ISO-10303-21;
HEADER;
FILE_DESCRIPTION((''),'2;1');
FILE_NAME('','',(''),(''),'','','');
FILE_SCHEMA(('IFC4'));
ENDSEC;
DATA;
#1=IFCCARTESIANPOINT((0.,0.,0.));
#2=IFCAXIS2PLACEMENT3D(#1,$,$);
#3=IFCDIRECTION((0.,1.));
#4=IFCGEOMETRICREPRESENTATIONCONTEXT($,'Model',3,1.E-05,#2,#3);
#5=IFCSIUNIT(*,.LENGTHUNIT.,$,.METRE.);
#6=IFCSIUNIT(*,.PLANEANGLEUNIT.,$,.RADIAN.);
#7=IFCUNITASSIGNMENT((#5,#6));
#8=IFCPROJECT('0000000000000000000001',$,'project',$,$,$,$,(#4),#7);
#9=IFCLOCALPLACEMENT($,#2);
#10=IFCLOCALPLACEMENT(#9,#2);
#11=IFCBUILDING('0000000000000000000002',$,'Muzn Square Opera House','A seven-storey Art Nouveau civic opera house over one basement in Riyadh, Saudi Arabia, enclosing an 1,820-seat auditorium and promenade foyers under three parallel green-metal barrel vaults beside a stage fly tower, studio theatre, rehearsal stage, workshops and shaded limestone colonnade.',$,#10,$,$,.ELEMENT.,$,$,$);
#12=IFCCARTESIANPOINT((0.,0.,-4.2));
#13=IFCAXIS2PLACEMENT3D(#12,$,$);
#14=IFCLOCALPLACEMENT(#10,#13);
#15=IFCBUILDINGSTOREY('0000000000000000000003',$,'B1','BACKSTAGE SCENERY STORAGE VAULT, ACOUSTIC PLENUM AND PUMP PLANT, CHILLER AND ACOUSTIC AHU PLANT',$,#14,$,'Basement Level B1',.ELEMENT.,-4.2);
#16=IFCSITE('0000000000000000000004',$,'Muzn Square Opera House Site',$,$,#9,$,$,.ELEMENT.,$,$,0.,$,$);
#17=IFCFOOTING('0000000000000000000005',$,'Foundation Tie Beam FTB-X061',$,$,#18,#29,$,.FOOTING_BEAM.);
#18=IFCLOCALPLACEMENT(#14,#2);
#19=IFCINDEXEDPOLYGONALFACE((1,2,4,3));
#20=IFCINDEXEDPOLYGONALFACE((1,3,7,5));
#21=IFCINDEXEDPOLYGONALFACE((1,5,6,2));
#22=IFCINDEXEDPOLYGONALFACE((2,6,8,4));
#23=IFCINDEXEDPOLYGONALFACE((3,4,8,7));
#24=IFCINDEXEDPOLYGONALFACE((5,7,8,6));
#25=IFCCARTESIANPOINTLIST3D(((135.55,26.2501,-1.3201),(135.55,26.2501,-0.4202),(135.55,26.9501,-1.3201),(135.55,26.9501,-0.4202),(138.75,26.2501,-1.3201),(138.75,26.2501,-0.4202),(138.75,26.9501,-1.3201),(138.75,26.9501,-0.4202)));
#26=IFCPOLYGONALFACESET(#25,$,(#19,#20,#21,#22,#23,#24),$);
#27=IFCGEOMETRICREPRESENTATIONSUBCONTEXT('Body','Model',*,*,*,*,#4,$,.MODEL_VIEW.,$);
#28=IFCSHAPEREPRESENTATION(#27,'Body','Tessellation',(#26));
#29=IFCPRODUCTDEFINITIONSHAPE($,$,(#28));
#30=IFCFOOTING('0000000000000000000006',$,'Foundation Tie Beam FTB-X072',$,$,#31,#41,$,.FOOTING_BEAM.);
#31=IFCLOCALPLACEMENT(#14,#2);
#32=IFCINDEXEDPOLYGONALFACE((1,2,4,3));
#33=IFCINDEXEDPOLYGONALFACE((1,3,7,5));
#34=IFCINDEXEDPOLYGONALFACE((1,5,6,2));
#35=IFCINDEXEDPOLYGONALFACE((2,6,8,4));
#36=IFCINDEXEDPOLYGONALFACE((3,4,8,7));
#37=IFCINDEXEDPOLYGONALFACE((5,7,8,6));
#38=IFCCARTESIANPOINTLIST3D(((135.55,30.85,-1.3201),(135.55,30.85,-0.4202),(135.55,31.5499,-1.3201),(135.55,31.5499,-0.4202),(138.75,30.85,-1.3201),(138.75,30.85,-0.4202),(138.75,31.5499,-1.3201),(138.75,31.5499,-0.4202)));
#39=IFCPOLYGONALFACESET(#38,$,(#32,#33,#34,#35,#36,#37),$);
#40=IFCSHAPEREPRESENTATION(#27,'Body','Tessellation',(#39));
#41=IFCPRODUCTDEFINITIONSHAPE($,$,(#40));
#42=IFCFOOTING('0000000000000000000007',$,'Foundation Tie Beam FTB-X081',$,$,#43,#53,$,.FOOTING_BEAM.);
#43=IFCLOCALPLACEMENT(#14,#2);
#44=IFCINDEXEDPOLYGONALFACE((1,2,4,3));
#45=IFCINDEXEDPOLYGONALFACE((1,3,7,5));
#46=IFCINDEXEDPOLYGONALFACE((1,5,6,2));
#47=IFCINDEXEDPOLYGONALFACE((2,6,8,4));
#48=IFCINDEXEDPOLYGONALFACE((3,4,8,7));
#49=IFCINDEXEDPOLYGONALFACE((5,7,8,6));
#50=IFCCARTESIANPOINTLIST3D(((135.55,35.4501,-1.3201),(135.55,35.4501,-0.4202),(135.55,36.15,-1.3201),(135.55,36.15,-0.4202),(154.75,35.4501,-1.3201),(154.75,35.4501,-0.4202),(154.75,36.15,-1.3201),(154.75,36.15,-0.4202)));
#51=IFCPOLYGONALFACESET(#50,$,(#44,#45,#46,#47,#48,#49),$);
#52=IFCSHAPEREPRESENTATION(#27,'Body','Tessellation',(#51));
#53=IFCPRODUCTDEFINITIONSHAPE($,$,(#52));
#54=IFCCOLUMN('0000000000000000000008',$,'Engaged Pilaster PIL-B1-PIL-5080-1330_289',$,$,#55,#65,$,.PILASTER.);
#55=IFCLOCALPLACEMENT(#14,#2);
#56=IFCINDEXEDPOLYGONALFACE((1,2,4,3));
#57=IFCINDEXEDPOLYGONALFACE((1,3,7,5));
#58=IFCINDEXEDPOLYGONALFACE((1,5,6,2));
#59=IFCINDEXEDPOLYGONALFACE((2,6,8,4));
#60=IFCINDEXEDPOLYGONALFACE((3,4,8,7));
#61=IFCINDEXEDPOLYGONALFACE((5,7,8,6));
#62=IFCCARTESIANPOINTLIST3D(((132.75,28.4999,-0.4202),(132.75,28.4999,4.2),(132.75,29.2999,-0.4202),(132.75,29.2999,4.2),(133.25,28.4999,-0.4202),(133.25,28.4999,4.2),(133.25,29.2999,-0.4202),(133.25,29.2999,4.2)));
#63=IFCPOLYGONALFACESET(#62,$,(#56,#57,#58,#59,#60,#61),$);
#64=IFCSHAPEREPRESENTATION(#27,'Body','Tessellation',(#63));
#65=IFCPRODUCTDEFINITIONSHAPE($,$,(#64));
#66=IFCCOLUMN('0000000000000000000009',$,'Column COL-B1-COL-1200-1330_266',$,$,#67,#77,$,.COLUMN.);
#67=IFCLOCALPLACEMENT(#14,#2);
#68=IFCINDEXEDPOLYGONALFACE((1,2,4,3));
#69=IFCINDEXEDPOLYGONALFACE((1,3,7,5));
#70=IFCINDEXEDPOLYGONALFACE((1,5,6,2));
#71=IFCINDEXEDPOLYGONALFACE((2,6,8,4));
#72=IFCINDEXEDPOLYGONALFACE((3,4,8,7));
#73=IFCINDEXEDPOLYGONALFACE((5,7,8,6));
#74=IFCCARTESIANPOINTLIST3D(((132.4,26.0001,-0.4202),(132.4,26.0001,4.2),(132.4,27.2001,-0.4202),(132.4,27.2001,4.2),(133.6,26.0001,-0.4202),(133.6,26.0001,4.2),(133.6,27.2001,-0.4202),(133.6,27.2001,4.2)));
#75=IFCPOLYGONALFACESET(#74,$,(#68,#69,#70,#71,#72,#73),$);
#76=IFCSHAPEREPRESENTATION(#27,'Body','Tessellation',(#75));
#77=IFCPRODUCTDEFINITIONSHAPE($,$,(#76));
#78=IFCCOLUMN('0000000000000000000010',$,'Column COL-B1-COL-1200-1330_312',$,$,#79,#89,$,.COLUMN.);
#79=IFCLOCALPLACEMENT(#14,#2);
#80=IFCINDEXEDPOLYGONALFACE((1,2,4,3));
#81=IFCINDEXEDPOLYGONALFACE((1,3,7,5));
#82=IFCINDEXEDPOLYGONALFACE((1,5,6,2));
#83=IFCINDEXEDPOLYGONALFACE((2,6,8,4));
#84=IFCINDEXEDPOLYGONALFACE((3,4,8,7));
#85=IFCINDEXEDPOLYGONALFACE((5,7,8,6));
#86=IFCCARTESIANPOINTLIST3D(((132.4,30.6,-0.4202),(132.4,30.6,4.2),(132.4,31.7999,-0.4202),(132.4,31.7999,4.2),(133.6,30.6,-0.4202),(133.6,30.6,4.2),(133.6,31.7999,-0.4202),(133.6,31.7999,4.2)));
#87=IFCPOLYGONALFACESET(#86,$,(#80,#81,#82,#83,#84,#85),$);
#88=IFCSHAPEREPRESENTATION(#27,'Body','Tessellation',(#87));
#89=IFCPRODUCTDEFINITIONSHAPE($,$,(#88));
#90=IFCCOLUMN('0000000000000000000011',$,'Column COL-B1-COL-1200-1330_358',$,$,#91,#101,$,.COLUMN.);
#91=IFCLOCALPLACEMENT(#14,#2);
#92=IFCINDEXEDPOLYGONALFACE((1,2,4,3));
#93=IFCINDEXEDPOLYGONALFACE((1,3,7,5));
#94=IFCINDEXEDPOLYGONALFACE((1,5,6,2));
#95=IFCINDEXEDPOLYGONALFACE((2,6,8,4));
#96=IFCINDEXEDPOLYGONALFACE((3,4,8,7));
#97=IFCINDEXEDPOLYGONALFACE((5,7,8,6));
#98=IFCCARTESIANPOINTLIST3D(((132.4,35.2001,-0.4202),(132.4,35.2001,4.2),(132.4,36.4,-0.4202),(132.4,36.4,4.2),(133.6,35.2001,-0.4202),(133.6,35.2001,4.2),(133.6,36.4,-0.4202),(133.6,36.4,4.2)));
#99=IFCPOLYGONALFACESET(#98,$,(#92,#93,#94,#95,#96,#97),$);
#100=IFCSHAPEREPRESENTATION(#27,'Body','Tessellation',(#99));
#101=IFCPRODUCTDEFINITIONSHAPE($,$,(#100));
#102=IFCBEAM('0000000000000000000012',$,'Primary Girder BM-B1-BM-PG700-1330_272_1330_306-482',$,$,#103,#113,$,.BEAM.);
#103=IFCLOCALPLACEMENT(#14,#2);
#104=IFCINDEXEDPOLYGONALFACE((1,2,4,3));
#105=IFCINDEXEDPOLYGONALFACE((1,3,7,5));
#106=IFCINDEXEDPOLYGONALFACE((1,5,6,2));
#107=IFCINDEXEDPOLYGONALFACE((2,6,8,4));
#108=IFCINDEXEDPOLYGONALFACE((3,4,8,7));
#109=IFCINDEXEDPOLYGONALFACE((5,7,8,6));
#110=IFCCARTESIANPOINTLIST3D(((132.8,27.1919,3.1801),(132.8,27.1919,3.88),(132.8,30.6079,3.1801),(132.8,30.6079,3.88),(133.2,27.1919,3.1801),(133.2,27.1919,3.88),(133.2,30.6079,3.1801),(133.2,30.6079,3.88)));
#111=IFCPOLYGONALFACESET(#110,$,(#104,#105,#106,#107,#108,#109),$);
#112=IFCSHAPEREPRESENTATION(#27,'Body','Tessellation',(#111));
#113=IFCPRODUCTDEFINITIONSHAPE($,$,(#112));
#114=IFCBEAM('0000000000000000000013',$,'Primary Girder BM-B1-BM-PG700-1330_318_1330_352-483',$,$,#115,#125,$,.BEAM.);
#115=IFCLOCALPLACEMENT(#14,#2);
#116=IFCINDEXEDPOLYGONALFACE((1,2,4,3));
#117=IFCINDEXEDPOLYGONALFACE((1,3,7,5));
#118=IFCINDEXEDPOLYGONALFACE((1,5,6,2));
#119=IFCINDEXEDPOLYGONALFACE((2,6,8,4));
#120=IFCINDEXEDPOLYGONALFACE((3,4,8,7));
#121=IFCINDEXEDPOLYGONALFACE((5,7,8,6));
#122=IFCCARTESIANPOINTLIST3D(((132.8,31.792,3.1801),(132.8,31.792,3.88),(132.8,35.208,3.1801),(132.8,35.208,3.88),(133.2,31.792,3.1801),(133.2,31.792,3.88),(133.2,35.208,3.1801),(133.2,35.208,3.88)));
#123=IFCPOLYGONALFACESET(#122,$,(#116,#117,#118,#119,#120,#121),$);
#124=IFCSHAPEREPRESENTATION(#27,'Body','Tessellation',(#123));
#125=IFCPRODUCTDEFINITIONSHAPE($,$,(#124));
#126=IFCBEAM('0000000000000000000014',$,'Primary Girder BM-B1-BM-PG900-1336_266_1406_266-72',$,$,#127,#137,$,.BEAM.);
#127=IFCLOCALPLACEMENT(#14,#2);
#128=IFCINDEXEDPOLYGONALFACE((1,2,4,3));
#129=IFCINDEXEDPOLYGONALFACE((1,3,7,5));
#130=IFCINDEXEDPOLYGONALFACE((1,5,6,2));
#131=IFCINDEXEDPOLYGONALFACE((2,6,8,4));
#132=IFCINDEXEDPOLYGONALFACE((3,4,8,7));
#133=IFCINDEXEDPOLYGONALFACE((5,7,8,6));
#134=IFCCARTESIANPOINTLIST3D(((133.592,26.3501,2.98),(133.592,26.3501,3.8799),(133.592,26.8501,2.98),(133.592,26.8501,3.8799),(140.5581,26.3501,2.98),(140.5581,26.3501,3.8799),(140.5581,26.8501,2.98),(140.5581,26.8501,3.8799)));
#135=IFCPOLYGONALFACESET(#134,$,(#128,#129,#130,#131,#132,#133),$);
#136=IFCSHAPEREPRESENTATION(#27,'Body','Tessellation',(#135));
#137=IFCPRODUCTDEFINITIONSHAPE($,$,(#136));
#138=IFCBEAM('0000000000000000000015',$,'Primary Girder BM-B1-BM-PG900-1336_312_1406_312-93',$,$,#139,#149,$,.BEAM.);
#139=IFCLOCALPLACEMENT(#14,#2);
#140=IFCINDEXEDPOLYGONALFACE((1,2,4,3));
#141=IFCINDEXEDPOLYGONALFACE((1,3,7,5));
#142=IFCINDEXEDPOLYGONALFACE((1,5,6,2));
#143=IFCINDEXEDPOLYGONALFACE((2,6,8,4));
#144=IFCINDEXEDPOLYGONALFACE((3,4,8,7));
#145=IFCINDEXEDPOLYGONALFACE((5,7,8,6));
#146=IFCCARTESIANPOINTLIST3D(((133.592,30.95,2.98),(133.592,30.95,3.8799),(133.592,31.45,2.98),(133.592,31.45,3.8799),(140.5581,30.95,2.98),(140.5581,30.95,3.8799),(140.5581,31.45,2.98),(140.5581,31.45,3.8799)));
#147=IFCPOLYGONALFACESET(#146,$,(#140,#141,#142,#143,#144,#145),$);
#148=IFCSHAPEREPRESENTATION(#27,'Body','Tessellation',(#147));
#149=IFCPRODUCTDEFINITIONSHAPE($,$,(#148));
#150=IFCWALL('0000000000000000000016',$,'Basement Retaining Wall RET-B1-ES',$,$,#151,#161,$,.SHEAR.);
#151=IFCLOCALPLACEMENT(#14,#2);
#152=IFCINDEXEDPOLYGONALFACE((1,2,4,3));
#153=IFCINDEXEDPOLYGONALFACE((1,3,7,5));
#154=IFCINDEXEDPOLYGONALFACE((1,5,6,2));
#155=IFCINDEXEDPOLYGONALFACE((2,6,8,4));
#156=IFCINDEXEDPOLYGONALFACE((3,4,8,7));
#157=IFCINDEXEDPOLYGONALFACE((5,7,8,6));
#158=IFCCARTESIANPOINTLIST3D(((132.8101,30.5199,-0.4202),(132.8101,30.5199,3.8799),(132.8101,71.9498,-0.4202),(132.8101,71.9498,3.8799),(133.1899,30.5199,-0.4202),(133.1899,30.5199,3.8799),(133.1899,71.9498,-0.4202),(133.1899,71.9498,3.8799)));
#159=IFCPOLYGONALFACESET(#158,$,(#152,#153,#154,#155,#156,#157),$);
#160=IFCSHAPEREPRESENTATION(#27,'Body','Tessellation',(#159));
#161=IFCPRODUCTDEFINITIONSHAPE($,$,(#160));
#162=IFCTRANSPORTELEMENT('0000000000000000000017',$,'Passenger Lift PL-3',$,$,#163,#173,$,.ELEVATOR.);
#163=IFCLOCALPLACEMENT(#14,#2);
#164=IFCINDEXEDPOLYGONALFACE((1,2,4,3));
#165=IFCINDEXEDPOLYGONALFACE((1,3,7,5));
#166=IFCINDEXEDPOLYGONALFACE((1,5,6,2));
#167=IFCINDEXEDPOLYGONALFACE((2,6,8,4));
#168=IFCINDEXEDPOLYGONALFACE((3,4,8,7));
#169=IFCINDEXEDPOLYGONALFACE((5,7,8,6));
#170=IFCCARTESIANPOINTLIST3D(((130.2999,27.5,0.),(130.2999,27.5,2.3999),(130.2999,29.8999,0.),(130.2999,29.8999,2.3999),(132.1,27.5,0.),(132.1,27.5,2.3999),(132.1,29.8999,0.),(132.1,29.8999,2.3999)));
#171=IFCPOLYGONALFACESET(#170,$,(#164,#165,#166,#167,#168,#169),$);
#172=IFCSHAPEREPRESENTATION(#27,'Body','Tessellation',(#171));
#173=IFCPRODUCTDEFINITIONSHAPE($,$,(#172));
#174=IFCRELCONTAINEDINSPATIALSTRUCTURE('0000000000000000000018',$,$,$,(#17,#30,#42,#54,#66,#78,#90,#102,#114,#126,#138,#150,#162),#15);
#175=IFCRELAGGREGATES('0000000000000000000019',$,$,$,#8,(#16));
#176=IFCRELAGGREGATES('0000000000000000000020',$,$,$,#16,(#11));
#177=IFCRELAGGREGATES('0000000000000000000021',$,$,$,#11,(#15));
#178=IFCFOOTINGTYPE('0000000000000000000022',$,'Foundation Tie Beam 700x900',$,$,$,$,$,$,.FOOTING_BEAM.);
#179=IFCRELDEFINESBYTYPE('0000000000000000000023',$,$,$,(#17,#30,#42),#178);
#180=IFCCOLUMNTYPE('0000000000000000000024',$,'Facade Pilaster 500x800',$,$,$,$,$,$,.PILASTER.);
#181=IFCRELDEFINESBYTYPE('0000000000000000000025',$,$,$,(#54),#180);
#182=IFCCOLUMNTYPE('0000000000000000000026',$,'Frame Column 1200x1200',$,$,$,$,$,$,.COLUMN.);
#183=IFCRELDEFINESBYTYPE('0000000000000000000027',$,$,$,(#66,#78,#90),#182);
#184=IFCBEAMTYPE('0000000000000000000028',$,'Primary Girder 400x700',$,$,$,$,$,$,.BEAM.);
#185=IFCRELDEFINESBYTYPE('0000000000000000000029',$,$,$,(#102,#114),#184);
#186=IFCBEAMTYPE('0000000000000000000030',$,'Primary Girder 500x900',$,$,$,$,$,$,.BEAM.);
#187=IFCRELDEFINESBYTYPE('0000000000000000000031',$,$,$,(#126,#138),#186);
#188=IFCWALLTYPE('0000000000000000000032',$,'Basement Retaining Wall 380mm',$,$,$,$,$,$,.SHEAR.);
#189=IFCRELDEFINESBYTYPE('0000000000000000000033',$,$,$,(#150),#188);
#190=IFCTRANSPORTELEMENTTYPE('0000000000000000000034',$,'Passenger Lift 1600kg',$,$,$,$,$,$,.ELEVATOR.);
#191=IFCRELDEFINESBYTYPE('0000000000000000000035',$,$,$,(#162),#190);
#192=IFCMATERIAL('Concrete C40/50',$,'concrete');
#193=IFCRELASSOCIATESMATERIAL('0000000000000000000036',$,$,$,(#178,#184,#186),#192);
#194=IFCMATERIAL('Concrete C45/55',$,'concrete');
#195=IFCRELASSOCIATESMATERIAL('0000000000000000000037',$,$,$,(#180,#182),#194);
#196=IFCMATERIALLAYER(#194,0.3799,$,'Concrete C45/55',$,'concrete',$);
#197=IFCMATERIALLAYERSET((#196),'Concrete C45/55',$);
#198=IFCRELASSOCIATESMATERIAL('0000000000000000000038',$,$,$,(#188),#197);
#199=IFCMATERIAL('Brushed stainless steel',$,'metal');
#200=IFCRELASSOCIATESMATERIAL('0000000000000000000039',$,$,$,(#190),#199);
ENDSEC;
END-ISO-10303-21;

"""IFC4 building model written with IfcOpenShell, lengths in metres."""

from ifc_helpers import new_model, si_unit, direction, frame, frame_2d, origin, origin_2d, place, context, subcontext, project, spatial, rectangle, extrude, material, layer, layer_set, material_profile, profile_set, type_object, element, save


model = new_model("IFC4")

# Units and contexts
model_context = context("Model", 3, precision=1e-05, world=origin(), true_north=direction((0.0, 1.0)))
body_context = subcontext(model_context, "Body", "Model", "MODEL_VIEW")
ifc_project = project(units=[si_unit("LENGTHUNIT", "METRE"), si_unit("PLANEANGLEUNIT", "RADIAN")], contexts=[model_context])

# Site, building, storey
site_placement = place(None, origin())
site = spatial("IfcSite", under=ifc_project, at=site_placement, Name="Muzn Square Opera House Site", CompositionType="ELEMENT", RefElevation=0.0)
building_placement = place(site_placement, origin())
building = spatial("IfcBuilding", under=site, at=building_placement, Name="Muzn Square Opera House", Description="A seven-storey Art Nouveau civic opera house over one basement in Riyadh, Saudi Arabia, enclosing an 1,820-seat auditorium and promenade foyers under three parallel green-metal barrel vaults beside a stage fly tower, studio theatre, rehearsal stage, workshops and shaded limestone colonnade.", CompositionType="ELEMENT")
storey_placement = place(building_placement, frame((0.0, 0.0, -4.2)))
storey = spatial("IfcBuildingStorey", under=building, at=storey_placement, Name="B1", Description="BACKSTAGE SCENERY STORAGE VAULT, ACOUSTIC PLENUM AND PUMP PLANT, CHILLER AND ACOUSTIC AHU PLANT", LongName="Basement Level B1", CompositionType="ELEMENT", Elevation=-4.2)

# Shared definitions
ifc_material_1 = material(Name="Concrete C40/50", Category="concrete")

# Footings
ifc_material_profile_1 = material_profile(ifc_material_1, rectangle(XDim=0.7, YDim=0.8999, at=origin_2d()), Name="RCTB 700x900", Category="concrete")
ifc_profile_set_1 = profile_set([ifc_material_profile_1], Name="Concrete C40/50")
footing_type = type_object("IfcFootingType", Name="Foundation Tie Beam 700x900", PredefinedType="FOOTING_BEAM", material=ifc_profile_set_1)
for number, where, z_axis, x_axis, name in (
    (1, (135.55, 26.6001, -0.8701), (1.0, 0.0, 0.0), (0.0, 1.0, 0.0), "Foundation Tie Beam FTB-X061"),
    (2, (135.55, 31.2, -0.8701), (1.0, 0.0, 0.0), (0.0, 1.0, 0.0), "Foundation Tie Beam FTB-X072"),
):
    element("IfcFooting", number, at=place(storey_placement, frame(where, z_axis=z_axis, x_axis=x_axis)), inside=storey, type_object=footing_type, Name=name, PredefinedType="FOOTING_BEAM", context=body_context, shape_type="SweptSolid", body=[
        extrude(rectangle(XDim=0.7, YDim=0.8999, at=origin_2d()), origin(), (0.0, 0.0, 1.0), 3.2),
    ])
footing_placement = place(storey_placement, frame((135.55, 35.8, -0.8701), z_axis=(1.0, 0.0, 0.0), x_axis=(0.0, 1.0, 0.0)))
element("IfcFooting", 3, at=footing_placement, inside=storey, type_object=footing_type, Name="Foundation Tie Beam FTB-X081", PredefinedType="FOOTING_BEAM", context=body_context, shape_type="SweptSolid", body=[
    extrude(rectangle(XDim=0.7, YDim=0.8999, at=origin_2d()), origin(), (0.0, 0.0, 1.0), 19.2),
])

# Columns
ifc_material_2 = material(Name="Concrete C45/55", Category="concrete")
ifc_material_profile_2 = material_profile(ifc_material_2, rectangle(XDim=0.5, YDim=0.8, at=origin_2d()), Name="RC 500x800", Category="concrete")
ifc_profile_set_2 = profile_set([ifc_material_profile_2], Name="Concrete C45/55")
column_type_1 = type_object("IfcColumnType", Name="Facade Pilaster 500x800", PredefinedType="PILASTER", material=ifc_profile_set_2)
column_placement = place(storey_placement, frame((133.0, 28.8999, -0.4202), z_axis=(0.0, 0.0, 1.0), x_axis=(1.0, 0.0, 0.0)))
element("IfcColumn", 4, at=column_placement, inside=storey, type_object=column_type_1, Name="Engaged Pilaster PIL-B1-PIL-5080-1330_289", PredefinedType="PILASTER", context=body_context, shape_type="SweptSolid", body=[
    extrude(rectangle(XDim=0.5, YDim=0.8, at=origin_2d()), origin(), (0.0, 0.0, 1.0), 4.6201),
])
ifc_material_profile_3 = material_profile(ifc_material_2, rectangle(XDim=1.2, YDim=1.2, at=origin_2d()), Name="RC 1200x1200", Category="concrete")
ifc_profile_set_3 = profile_set([ifc_material_profile_3], Name="Concrete C45/55")
column_type_2 = type_object("IfcColumnType", Name="Frame Column 1200x1200", PredefinedType="COLUMN", material=ifc_profile_set_3)
for number, where, z_axis, x_axis, name in (
    (5, (133.0, 26.6001, -0.4202), (0.0, 0.0, 1.0), (1.0, 0.0, 0.0), "Column COL-B1-COL-1200-1330_266"),
    (6, (133.0, 31.2, -0.4202), (0.0, 0.0, 1.0), (1.0, 0.0, 0.0), "Column COL-B1-COL-1200-1330_312"),
    (7, (133.0, 35.8, -0.4202), (0.0, 0.0, 1.0), (1.0, 0.0, 0.0), "Column COL-B1-COL-1200-1330_358"),
):
    element("IfcColumn", number, at=place(storey_placement, frame(where, z_axis=z_axis, x_axis=x_axis)), inside=storey, type_object=column_type_2, Name=name, PredefinedType="COLUMN", context=body_context, shape_type="SweptSolid", body=[
        extrude(rectangle(XDim=1.2, YDim=1.2, at=origin_2d()), origin(), (0.0, 0.0, 1.0), 4.6201),
    ])

# Beams
ifc_material_profile_4 = material_profile(ifc_material_1, rectangle(XDim=0.3999, YDim=0.7, at=origin_2d()), Name="RCB 400x700", Category="concrete")
ifc_profile_set_4 = profile_set([ifc_material_profile_4], Name="Concrete C40/50")
beam_type_1 = type_object("IfcBeamType", Name="Primary Girder 400x700", PredefinedType="BEAM", material=ifc_profile_set_4)
for number, where, z_axis, x_axis, name in (
    (8, (133.0, 27.1919, 3.53), (0.0, 1.0, 0.0), (-1.0, 0.0, 0.0), "Primary Girder BM-B1-BM-PG700-1330_272_1330_306-482"),
    (9, (133.0, 31.792, 3.53), (0.0, 1.0, 0.0), (-1.0, 0.0, 0.0), "Primary Girder BM-B1-BM-PG700-1330_318_1330_352-483"),
):
    element("IfcBeam", number, at=place(storey_placement, frame(where, z_axis=z_axis, x_axis=x_axis)), inside=storey, type_object=beam_type_1, Name=name, PredefinedType="BEAM", context=body_context, shape_type="SweptSolid", body=[
        extrude(rectangle(XDim=0.3999, YDim=0.7, at=origin_2d()), origin(), (0.0, 0.0, 1.0), 3.416),
    ])
ifc_material_profile_5 = material_profile(ifc_material_1, rectangle(XDim=0.5, YDim=0.8999, at=origin_2d()), Name="RCB 500x900", Category="concrete")
ifc_profile_set_5 = profile_set([ifc_material_profile_5], Name="Concrete C40/50")
beam_type_2 = type_object("IfcBeamType", Name="Primary Girder 500x900", PredefinedType="BEAM", material=ifc_profile_set_5)
for number, where, z_axis, x_axis, name in (
    (10, (133.592, 26.6001, 3.4299), (1.0, 0.0, 0.0), (0.0, 1.0, 0.0), "Primary Girder BM-B1-BM-PG900-1336_266_1406_266-72"),
    (11, (133.592, 31.2, 3.4299), (1.0, 0.0, 0.0), (0.0, 1.0, 0.0), "Primary Girder BM-B1-BM-PG900-1336_312_1406_312-93"),
):
    element("IfcBeam", number, at=place(storey_placement, frame(where, z_axis=z_axis, x_axis=x_axis)), inside=storey, type_object=beam_type_2, Name=name, PredefinedType="BEAM", context=body_context, shape_type="SweptSolid", body=[
        extrude(rectangle(XDim=0.5, YDim=0.8999, at=origin_2d()), origin(), (0.0, 0.0, 1.0), 6.9661),
    ])

# Wall
ifc_layer = layer(ifc_material_2, 0.3799, Name="Concrete C45/55", Category="concrete")
ifc_layer_set = layer_set([ifc_layer], Name="Concrete C45/55")
wall_type = type_object("IfcWallType", Name="Basement Retaining Wall 380mm", PredefinedType="SHEAR", material=ifc_layer_set)
wall_placement = place(storey_placement, frame((133.0, 30.52, -0.4202), z_axis=(0.0, 0.0, 1.0), x_axis=(0.0, 1.0, 0.0)))
element("IfcWall", 12, at=wall_placement, inside=storey, type_object=wall_type, Name="Basement Retaining Wall RET-B1-ES", PredefinedType="SHEAR", context=body_context, shape_type="SweptSolid", body=[
    extrude(rectangle(XDim=41.4299, YDim=0.3799, at=frame_2d((20.7148, 0.0))), origin(), (0.0, 0.0, 1.0), 4.3),
])

# Transport element
ifc_material_3 = material(Name="Brushed stainless steel", Category="metal")
transport_element_type = type_object("IfcTransportElementType", Name="Passenger Lift 1600kg", PredefinedType="ELEVATOR", material=ifc_material_3)
transport_element_placement = place(storey_placement, frame((131.2, 28.7, 0.0), z_axis=(0.0, 0.0, 1.0), x_axis=(1.0, 0.0, 0.0)))
element("IfcTransportElement", 13, at=transport_element_placement, inside=storey, type_object=transport_element_type, Name="Passenger Lift PL-3", PredefinedType="ELEVATOR", context=body_context, shape_type="SweptSolid", body=[
    extrude(rectangle(XDim=1.8, YDim=2.3999, at=origin_2d()), origin(), (0.0, 0.0, 1.0), 2.3999),
])

save(model, "model.ifc")
